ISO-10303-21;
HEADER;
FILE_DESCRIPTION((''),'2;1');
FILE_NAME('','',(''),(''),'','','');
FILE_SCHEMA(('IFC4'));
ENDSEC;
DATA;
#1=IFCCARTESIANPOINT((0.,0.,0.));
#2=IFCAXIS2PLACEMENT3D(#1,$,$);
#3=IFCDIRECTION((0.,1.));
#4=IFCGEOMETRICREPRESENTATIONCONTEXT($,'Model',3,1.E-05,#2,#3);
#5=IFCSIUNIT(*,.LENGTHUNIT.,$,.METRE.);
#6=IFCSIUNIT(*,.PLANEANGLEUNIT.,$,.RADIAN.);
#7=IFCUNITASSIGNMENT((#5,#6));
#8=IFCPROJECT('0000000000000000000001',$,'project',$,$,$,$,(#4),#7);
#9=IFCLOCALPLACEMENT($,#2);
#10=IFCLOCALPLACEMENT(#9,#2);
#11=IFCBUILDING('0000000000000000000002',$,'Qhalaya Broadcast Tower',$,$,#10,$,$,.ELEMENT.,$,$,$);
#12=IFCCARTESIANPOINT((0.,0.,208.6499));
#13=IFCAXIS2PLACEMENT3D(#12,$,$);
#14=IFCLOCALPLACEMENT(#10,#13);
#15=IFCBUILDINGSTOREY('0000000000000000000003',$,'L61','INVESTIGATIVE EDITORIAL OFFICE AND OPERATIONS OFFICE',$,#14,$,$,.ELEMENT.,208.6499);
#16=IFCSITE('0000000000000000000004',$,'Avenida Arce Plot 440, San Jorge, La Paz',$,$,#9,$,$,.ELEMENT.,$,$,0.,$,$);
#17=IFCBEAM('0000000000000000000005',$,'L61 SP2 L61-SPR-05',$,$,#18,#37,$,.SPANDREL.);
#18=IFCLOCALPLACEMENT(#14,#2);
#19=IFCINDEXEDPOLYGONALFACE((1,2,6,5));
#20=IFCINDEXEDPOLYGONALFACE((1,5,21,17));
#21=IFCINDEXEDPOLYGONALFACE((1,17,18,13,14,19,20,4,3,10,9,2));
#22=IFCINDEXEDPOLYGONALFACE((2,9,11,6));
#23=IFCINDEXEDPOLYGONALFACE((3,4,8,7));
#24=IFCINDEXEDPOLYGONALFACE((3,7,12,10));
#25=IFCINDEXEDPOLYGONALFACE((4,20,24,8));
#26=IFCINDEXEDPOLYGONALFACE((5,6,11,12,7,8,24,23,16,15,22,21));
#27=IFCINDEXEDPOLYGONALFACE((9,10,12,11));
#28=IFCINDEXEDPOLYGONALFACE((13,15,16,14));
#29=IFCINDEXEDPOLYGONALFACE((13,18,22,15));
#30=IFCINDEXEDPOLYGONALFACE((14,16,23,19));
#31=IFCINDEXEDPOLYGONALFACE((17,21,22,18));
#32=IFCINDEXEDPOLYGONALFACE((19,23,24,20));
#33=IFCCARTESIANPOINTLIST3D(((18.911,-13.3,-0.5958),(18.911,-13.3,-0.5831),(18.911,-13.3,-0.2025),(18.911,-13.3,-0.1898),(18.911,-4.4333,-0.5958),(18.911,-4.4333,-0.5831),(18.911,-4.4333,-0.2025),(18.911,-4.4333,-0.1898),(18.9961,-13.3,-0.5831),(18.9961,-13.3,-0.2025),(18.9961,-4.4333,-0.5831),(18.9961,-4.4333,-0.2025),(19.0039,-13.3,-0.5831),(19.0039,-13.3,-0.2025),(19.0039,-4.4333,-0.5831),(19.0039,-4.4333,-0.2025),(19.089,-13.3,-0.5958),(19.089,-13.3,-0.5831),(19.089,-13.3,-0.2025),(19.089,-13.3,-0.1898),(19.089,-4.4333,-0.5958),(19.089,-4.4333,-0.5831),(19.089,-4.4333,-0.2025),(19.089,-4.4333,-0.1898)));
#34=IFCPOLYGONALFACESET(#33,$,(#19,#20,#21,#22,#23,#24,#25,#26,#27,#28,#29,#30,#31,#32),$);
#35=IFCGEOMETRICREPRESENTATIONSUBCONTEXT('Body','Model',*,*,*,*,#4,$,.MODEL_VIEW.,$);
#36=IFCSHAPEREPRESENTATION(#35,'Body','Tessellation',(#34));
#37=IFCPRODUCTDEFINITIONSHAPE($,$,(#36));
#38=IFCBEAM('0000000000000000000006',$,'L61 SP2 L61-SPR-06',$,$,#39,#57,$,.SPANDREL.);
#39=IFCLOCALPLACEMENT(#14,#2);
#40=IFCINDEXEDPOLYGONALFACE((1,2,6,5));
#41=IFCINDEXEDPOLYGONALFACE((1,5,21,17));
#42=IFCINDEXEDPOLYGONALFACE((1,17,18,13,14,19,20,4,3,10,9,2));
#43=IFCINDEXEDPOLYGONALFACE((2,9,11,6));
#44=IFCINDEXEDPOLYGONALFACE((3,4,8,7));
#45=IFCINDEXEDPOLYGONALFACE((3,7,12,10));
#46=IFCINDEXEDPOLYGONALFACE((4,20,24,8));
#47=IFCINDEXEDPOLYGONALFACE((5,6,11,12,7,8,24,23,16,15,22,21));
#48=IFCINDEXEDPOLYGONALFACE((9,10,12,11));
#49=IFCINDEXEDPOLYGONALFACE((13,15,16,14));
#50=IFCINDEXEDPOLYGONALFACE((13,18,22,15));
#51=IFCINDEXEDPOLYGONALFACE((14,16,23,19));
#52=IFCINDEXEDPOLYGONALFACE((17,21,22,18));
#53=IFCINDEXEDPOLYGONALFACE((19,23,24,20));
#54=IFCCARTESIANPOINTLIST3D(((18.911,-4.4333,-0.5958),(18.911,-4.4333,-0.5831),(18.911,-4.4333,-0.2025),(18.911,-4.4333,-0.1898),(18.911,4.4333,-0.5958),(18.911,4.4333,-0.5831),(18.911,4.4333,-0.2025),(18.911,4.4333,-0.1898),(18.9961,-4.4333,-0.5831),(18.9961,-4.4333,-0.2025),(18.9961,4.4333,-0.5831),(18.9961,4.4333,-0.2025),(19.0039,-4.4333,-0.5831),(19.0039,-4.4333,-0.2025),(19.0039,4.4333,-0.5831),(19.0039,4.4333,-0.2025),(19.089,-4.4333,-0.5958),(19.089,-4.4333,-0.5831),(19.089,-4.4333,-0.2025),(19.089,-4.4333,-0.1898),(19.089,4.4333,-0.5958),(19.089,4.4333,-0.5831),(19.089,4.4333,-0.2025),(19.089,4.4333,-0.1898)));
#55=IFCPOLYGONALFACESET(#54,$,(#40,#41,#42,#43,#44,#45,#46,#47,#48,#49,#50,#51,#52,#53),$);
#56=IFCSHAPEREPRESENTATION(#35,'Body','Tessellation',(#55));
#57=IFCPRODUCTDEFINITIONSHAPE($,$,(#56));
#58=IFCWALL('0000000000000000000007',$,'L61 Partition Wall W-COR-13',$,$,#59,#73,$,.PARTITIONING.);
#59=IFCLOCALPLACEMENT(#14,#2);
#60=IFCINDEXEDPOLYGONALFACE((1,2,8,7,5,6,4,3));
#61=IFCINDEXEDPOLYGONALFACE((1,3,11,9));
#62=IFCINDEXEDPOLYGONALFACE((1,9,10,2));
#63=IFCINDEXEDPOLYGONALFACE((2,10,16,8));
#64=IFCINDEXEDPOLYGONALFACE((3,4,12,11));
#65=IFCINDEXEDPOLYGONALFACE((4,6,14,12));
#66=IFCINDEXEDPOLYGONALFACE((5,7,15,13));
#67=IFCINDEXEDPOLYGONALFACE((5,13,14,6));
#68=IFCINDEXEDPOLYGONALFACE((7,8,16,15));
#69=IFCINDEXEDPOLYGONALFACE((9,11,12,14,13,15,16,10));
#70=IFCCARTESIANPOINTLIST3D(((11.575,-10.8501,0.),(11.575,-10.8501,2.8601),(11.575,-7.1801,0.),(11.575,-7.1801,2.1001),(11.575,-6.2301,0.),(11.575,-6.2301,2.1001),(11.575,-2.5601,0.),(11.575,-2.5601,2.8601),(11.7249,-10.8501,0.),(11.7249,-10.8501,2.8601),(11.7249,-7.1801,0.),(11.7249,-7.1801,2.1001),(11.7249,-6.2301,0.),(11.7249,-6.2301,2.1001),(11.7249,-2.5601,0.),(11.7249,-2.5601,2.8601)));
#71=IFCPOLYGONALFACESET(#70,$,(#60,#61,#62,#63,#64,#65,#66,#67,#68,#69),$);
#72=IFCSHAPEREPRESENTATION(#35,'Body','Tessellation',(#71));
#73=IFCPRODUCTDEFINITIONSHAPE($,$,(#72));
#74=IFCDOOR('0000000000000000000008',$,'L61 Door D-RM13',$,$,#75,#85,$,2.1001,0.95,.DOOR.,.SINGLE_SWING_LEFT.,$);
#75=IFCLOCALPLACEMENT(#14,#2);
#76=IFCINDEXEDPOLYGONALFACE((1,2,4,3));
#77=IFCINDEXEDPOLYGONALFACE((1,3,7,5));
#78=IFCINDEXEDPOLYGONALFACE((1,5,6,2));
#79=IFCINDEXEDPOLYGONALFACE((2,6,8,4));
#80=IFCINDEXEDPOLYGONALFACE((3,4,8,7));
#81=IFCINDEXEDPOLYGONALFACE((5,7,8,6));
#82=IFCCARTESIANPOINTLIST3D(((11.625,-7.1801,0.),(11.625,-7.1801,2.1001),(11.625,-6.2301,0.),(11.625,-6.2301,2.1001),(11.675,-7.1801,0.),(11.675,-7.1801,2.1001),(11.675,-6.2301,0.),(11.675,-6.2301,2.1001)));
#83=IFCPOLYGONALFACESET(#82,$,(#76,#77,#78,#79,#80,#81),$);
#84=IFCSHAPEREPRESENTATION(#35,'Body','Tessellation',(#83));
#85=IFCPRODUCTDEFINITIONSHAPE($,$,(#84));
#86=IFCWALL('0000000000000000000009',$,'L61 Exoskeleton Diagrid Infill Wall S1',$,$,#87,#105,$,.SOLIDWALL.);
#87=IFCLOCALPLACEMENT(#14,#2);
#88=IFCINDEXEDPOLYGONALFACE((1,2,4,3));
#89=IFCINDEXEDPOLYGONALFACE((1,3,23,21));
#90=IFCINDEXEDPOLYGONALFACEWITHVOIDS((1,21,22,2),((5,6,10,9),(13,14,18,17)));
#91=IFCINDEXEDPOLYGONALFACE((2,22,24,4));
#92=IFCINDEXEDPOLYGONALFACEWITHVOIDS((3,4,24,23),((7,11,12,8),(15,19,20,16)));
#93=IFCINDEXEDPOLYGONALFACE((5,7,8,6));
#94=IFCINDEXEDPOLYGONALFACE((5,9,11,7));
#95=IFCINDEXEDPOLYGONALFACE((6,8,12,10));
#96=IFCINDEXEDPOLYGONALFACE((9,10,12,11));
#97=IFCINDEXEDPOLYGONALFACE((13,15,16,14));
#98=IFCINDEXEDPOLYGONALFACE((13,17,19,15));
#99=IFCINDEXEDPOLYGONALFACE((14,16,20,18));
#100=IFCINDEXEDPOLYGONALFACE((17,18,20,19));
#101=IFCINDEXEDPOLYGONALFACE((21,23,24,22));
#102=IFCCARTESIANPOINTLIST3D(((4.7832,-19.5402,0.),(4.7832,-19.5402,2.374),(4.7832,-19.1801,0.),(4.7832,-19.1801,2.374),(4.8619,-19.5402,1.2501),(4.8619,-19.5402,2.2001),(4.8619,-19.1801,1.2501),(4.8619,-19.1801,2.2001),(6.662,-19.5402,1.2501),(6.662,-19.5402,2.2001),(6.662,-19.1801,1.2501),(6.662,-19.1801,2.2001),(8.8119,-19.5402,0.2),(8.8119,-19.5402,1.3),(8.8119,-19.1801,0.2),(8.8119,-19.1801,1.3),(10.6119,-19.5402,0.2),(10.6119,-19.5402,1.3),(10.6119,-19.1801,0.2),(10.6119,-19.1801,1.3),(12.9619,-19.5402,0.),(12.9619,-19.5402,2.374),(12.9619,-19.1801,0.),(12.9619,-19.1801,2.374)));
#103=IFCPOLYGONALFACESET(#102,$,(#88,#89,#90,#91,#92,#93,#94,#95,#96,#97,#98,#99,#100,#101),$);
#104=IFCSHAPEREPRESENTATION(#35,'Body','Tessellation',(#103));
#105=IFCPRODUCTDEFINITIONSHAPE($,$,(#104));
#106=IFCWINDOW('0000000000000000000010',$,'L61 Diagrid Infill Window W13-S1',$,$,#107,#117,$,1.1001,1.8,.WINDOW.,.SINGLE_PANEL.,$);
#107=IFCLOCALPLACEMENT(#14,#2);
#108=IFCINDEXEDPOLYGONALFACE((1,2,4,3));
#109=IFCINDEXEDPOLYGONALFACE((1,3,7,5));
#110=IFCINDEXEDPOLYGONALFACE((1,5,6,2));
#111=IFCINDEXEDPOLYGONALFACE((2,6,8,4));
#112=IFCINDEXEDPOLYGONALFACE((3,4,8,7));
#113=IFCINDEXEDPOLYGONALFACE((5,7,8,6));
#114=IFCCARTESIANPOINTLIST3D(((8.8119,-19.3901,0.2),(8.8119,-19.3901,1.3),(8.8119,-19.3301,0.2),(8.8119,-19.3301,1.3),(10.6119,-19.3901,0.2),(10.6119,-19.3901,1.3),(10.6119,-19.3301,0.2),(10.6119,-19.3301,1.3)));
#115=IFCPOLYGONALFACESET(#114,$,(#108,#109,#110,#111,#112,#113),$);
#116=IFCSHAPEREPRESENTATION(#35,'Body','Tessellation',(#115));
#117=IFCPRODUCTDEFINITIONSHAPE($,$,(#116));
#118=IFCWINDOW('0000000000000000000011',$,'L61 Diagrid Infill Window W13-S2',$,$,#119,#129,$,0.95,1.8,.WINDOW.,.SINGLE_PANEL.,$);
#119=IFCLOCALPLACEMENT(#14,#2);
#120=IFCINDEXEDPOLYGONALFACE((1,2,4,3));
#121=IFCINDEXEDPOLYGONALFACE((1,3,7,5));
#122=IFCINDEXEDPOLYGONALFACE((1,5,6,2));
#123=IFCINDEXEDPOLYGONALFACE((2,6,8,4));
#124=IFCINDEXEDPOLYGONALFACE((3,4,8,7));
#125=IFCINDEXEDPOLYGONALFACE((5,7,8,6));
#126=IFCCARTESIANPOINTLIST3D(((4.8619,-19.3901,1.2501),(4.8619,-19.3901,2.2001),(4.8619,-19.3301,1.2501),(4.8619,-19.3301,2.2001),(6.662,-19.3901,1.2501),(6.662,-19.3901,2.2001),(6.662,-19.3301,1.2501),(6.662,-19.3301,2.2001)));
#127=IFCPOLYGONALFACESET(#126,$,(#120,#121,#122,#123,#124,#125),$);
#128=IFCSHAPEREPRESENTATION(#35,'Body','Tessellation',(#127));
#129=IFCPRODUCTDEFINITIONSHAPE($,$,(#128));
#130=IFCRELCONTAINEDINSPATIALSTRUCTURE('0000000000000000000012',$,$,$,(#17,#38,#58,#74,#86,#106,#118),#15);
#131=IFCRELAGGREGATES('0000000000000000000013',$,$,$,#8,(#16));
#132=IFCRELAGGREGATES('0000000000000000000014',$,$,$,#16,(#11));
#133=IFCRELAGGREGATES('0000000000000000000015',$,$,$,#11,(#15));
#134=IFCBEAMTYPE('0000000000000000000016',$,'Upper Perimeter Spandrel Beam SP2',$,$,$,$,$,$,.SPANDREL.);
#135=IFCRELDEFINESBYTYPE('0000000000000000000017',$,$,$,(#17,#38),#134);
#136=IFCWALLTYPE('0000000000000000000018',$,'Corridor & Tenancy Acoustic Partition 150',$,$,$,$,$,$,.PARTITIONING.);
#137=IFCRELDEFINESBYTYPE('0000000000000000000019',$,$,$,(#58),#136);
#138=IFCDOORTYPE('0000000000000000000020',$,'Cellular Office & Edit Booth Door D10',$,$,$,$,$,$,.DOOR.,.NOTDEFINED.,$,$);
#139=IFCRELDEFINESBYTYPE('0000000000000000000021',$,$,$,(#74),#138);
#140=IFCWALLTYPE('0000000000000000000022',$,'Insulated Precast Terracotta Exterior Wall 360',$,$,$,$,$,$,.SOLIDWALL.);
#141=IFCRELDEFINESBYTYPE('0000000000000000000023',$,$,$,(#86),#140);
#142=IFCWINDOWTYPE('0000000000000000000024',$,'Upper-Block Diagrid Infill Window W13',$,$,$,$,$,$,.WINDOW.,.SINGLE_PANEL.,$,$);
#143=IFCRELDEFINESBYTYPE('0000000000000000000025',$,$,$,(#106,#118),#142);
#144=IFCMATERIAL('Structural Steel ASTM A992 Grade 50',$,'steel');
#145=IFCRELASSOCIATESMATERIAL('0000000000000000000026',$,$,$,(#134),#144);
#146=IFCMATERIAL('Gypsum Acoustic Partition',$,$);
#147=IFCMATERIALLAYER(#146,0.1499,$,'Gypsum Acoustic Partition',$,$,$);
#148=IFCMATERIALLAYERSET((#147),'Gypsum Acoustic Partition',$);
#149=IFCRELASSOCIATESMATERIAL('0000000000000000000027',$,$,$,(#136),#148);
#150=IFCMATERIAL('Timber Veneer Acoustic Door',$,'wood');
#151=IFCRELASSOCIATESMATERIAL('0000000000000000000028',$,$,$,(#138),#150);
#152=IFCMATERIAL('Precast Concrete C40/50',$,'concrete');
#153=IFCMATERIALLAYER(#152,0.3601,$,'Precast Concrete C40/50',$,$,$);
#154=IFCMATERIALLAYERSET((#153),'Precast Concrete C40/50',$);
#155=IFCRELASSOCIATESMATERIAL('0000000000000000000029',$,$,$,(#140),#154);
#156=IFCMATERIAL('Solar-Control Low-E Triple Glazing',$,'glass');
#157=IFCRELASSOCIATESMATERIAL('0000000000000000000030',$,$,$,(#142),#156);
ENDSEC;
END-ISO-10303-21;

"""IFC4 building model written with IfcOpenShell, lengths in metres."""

from ifc_helpers import new_model, si_unit, direction, frame, frame_2d, origin, origin_2d, place, context, subcontext, project, spatial, rectangle, i_section, extrude, material, layer, layer_set, material_profile, profile_set, type_object, element, fill, save


model = new_model("IFC4")

# Units and contexts
model_context = context("Model", 3, precision=1e-05, world=origin(), true_north=direction((0.0, 1.0)))
body_context = subcontext(model_context, "Body", "Model", "MODEL_VIEW")
ifc_project = project(units=[si_unit("LENGTHUNIT", "METRE"), si_unit("PLANEANGLEUNIT", "RADIAN")], contexts=[model_context])

# Site, building, storey
site_placement = place(None, origin())
site = spatial("IfcSite", under=ifc_project, at=site_placement, Name="Avenida Arce Plot 440, San Jorge, La Paz", CompositionType="ELEMENT", RefElevation=0.0)
building_placement = place(site_placement, origin())
building = spatial("IfcBuilding", under=site, at=building_placement, Name="Qhalaya Broadcast Tower", CompositionType="ELEMENT")
storey_placement = place(building_placement, frame((0.0, 0.0, 208.6499)))
storey = spatial("IfcBuildingStorey", under=building, at=storey_placement, Name="L61", Description="INVESTIGATIVE EDITORIAL OFFICE AND OPERATIONS OFFICE", CompositionType="ELEMENT", Elevation=208.6499)

# Shared definitions
ifc_material_1 = material(Name="Structural Steel ASTM A992 Grade 50", Category="steel")

# Beams
ifc_material_profile_1 = material_profile(ifc_material_1, i_section(OverallWidth=0.178, OverallDepth=0.406, WebThickness=0.0078, FlangeThickness=0.0127, at=origin_2d()), Name="W16X40")
ifc_profile_set_1 = profile_set([ifc_material_profile_1], Name="Structural Steel ASTM A992 Grade 50")
beam_type_1 = type_object("IfcBeamType", Name="Upper Perimeter Spandrel Beam SP2", PredefinedType="SPANDREL", material=ifc_profile_set_1)
for number, where, z_axis, x_axis, name in (
    (1, (19.0, -13.3, -0.3928), (0.0, 1.0, 0.0), (-1.0, 0.0, 0.0), "L61 SP2 L61-SPR-05"),
    (2, (19.0, -4.4333, -0.3928), (0.0, 1.0, 0.0), (-1.0, 0.0, 0.0), "L61 SP2 L61-SPR-06"),
):
    element("IfcBeam", number, at=place(storey_placement, frame(where, z_axis=z_axis, x_axis=x_axis)), inside=storey, type_object=beam_type_1, Name=name, PredefinedType="SPANDREL", context=body_context, shape_type="SweptSolid", body=[
        extrude(i_section(OverallWidth=0.178, OverallDepth=0.406, WebThickness=0.0078, FlangeThickness=0.0127, at=origin_2d()), origin(), (0.0, 0.0, 1.0), 8.8667),
    ])

# Wall, opening, door
ifc_material_2 = material(Name="Gypsum Acoustic Partition")
ifc_layer_1 = layer(ifc_material_2, 0.1499, Name="Gypsum Acoustic Partition")
ifc_layer_set_1 = layer_set([ifc_layer_1], Name="Gypsum Acoustic Partition")
wall_type_1 = type_object("IfcWallType", Name="Corridor & Tenancy Acoustic Partition 150", PredefinedType="PARTITIONING", material=ifc_layer_set_1)
wall_1_placement = place(storey_placement, frame((11.6499, -10.8501, 0.0), z_axis=(0.0, 0.0, 1.0), x_axis=(0.0, 1.0, 0.0)))
wall_1 = element("IfcWall", 3, at=wall_1_placement, inside=storey, type_object=wall_type_1, Name="L61 Partition Wall W-COR-13", PredefinedType="PARTITIONING", context=body_context, shape_type="SweptSolid", body=[
    extrude(rectangle(XDim=8.29, YDim=0.1499, at=frame_2d((4.145, 0.0))), origin(), (0.0, 0.0, 1.0), 2.8601),
])
opening_1_placement = place(wall_1_placement, frame((3.6699, 0.0, 0.0)))
opening_1 = element("IfcOpeningElement", 4, at=opening_1_placement, cuts=wall_1, PredefinedType="OPENING", context=body_context, shape_type="SweptSolid", body=[
    extrude(rectangle(XDim=0.95, YDim=2.1001, at=frame_2d((0.4751, 1.05))), frame((0.0, 0.0869, 0.0), z_axis=(0.0, -1.0, 0.0), x_axis=(1.0, 0.0, 0.0)), (0.0, 0.0, 1.0), 0.1738),
])
ifc_material_3 = material(Name="Timber Veneer Acoustic Door", Category="wood")
door_type_1 = type_object("IfcDoorType", Name="Cellular Office & Edit Booth Door D10", OperationType="NOTDEFINED", PredefinedType="DOOR", material=ifc_material_3)
door_1_placement = place(opening_1_placement, origin())
door_1 = element("IfcDoor", 5, at=door_1_placement, inside=storey, type_object=door_type_1, Name="L61 Door D-RM13", OperationType="SINGLE_SWING_LEFT", OverallHeight=2.1001, OverallWidth=0.95, PredefinedType="DOOR", context=body_context, shape_type="SweptSolid", body=[
    extrude(rectangle(XDim=0.95, YDim=2.1001, at=frame_2d((0.4751, 1.05))), frame((0.0, 0.0249, 0.0), z_axis=(0.0, -1.0, 0.0), x_axis=(1.0, 0.0, 0.0)), (0.0, 0.0, 1.0), 0.05),
])
fill(opening_1, door_1)

# Wall, openings, windows
ifc_material_4 = material(Name="Precast Concrete C40/50", Category="concrete")
ifc_layer_2 = layer(ifc_material_4, 0.3601, Name="Precast Concrete C40/50")
ifc_layer_set_2 = layer_set([ifc_layer_2], Name="Precast Concrete C40/50")
wall_type_2 = type_object("IfcWallType", Name="Insulated Precast Terracotta Exterior Wall 360", PredefinedType="SOLIDWALL", material=ifc_layer_set_2)
wall_2_placement = place(storey_placement, frame((12.9619, -19.3601, 0.0), z_axis=(0.0, 0.0, 1.0), x_axis=(-1.0, 0.0, 0.0)))
wall_2 = element("IfcWall", 6, at=wall_2_placement, inside=storey, type_object=wall_type_2, Name="L61 Exoskeleton Diagrid Infill Wall S1", PredefinedType="SOLIDWALL", context=body_context, shape_type="SweptSolid", body=[
    extrude(rectangle(XDim=8.1787, YDim=0.3601, at=frame_2d((4.0894, 0.0))), origin(), (0.0, 0.0, 1.0), 2.374),
])
opening_2_placement = place(wall_2_placement, frame((2.3501, 0.0, 0.2)))
opening_2 = element("IfcOpeningElement", 7, at=opening_2_placement, cuts=wall_2, PredefinedType="OPENING", context=body_context, shape_type="SweptSolid", body=[
    extrude(rectangle(XDim=1.8, YDim=1.1001, at=frame_2d((0.8999, 0.55))), frame((0.0, 0.1921, 0.0), z_axis=(0.0, -1.0, 0.0), x_axis=(1.0, 0.0, 0.0)), (0.0, 0.0, 1.0), 0.384),
])
opening_3_placement = place(wall_2_placement, frame((6.3, 0.0, 1.25)))
opening_3 = element("IfcOpeningElement", 8, at=opening_3_placement, cuts=wall_2, PredefinedType="OPENING", context=body_context, shape_type="SweptSolid", body=[
    extrude(rectangle(XDim=1.8, YDim=0.95, at=frame_2d((0.8999, 0.4751))), frame((0.0, 0.1921, 0.0), z_axis=(0.0, -1.0, 0.0), x_axis=(1.0, 0.0, 0.0)), (0.0, 0.0, 1.0), 0.384),
])
ifc_material_5 = material(Name="Solar-Control Low-E Triple Glazing", Category="glass")
window_type = type_object("IfcWindowType", Name="Upper-Block Diagrid Infill Window W13", PartitioningType="SINGLE_PANEL", PredefinedType="WINDOW", material=ifc_material_5)
window_1_placement = place(opening_2_placement, origin())
window_1 = element("IfcWindow", 9, at=window_1_placement, inside=storey, type_object=window_type, Name="L61 Diagrid Infill Window W13-S1", OverallHeight=1.1001, OverallWidth=1.8, PartitioningType="SINGLE_PANEL", PredefinedType="WINDOW", context=body_context, shape_type="SweptSolid", body=[
    extrude(rectangle(XDim=1.8, YDim=1.1001, at=frame_2d((0.8999, 0.55))), frame((0.0, 0.03, 0.0), z_axis=(0.0, -1.0, 0.0), x_axis=(1.0, 0.0, 0.0)), (0.0, 0.0, 1.0), 0.0601),
])
fill(opening_2, window_1)
window_2_placement = place(opening_3_placement, origin())
window_2 = element("IfcWindow", 10, at=window_2_placement, inside=storey, type_object=window_type, Name="L61 Diagrid Infill Window W13-S2", OverallHeight=0.95, OverallWidth=1.8, PartitioningType="SINGLE_PANEL", PredefinedType="WINDOW", context=body_context, shape_type="SweptSolid", body=[
    extrude(rectangle(XDim=1.8, YDim=0.95, at=frame_2d((0.8999, 0.4751))), frame((0.0, 0.03, 0.0), z_axis=(0.0, -1.0, 0.0), x_axis=(1.0, 0.0, 0.0)), (0.0, 0.0, 1.0), 0.0601),
])
fill(opening_3, window_2)

save(model, "model.ifc")
